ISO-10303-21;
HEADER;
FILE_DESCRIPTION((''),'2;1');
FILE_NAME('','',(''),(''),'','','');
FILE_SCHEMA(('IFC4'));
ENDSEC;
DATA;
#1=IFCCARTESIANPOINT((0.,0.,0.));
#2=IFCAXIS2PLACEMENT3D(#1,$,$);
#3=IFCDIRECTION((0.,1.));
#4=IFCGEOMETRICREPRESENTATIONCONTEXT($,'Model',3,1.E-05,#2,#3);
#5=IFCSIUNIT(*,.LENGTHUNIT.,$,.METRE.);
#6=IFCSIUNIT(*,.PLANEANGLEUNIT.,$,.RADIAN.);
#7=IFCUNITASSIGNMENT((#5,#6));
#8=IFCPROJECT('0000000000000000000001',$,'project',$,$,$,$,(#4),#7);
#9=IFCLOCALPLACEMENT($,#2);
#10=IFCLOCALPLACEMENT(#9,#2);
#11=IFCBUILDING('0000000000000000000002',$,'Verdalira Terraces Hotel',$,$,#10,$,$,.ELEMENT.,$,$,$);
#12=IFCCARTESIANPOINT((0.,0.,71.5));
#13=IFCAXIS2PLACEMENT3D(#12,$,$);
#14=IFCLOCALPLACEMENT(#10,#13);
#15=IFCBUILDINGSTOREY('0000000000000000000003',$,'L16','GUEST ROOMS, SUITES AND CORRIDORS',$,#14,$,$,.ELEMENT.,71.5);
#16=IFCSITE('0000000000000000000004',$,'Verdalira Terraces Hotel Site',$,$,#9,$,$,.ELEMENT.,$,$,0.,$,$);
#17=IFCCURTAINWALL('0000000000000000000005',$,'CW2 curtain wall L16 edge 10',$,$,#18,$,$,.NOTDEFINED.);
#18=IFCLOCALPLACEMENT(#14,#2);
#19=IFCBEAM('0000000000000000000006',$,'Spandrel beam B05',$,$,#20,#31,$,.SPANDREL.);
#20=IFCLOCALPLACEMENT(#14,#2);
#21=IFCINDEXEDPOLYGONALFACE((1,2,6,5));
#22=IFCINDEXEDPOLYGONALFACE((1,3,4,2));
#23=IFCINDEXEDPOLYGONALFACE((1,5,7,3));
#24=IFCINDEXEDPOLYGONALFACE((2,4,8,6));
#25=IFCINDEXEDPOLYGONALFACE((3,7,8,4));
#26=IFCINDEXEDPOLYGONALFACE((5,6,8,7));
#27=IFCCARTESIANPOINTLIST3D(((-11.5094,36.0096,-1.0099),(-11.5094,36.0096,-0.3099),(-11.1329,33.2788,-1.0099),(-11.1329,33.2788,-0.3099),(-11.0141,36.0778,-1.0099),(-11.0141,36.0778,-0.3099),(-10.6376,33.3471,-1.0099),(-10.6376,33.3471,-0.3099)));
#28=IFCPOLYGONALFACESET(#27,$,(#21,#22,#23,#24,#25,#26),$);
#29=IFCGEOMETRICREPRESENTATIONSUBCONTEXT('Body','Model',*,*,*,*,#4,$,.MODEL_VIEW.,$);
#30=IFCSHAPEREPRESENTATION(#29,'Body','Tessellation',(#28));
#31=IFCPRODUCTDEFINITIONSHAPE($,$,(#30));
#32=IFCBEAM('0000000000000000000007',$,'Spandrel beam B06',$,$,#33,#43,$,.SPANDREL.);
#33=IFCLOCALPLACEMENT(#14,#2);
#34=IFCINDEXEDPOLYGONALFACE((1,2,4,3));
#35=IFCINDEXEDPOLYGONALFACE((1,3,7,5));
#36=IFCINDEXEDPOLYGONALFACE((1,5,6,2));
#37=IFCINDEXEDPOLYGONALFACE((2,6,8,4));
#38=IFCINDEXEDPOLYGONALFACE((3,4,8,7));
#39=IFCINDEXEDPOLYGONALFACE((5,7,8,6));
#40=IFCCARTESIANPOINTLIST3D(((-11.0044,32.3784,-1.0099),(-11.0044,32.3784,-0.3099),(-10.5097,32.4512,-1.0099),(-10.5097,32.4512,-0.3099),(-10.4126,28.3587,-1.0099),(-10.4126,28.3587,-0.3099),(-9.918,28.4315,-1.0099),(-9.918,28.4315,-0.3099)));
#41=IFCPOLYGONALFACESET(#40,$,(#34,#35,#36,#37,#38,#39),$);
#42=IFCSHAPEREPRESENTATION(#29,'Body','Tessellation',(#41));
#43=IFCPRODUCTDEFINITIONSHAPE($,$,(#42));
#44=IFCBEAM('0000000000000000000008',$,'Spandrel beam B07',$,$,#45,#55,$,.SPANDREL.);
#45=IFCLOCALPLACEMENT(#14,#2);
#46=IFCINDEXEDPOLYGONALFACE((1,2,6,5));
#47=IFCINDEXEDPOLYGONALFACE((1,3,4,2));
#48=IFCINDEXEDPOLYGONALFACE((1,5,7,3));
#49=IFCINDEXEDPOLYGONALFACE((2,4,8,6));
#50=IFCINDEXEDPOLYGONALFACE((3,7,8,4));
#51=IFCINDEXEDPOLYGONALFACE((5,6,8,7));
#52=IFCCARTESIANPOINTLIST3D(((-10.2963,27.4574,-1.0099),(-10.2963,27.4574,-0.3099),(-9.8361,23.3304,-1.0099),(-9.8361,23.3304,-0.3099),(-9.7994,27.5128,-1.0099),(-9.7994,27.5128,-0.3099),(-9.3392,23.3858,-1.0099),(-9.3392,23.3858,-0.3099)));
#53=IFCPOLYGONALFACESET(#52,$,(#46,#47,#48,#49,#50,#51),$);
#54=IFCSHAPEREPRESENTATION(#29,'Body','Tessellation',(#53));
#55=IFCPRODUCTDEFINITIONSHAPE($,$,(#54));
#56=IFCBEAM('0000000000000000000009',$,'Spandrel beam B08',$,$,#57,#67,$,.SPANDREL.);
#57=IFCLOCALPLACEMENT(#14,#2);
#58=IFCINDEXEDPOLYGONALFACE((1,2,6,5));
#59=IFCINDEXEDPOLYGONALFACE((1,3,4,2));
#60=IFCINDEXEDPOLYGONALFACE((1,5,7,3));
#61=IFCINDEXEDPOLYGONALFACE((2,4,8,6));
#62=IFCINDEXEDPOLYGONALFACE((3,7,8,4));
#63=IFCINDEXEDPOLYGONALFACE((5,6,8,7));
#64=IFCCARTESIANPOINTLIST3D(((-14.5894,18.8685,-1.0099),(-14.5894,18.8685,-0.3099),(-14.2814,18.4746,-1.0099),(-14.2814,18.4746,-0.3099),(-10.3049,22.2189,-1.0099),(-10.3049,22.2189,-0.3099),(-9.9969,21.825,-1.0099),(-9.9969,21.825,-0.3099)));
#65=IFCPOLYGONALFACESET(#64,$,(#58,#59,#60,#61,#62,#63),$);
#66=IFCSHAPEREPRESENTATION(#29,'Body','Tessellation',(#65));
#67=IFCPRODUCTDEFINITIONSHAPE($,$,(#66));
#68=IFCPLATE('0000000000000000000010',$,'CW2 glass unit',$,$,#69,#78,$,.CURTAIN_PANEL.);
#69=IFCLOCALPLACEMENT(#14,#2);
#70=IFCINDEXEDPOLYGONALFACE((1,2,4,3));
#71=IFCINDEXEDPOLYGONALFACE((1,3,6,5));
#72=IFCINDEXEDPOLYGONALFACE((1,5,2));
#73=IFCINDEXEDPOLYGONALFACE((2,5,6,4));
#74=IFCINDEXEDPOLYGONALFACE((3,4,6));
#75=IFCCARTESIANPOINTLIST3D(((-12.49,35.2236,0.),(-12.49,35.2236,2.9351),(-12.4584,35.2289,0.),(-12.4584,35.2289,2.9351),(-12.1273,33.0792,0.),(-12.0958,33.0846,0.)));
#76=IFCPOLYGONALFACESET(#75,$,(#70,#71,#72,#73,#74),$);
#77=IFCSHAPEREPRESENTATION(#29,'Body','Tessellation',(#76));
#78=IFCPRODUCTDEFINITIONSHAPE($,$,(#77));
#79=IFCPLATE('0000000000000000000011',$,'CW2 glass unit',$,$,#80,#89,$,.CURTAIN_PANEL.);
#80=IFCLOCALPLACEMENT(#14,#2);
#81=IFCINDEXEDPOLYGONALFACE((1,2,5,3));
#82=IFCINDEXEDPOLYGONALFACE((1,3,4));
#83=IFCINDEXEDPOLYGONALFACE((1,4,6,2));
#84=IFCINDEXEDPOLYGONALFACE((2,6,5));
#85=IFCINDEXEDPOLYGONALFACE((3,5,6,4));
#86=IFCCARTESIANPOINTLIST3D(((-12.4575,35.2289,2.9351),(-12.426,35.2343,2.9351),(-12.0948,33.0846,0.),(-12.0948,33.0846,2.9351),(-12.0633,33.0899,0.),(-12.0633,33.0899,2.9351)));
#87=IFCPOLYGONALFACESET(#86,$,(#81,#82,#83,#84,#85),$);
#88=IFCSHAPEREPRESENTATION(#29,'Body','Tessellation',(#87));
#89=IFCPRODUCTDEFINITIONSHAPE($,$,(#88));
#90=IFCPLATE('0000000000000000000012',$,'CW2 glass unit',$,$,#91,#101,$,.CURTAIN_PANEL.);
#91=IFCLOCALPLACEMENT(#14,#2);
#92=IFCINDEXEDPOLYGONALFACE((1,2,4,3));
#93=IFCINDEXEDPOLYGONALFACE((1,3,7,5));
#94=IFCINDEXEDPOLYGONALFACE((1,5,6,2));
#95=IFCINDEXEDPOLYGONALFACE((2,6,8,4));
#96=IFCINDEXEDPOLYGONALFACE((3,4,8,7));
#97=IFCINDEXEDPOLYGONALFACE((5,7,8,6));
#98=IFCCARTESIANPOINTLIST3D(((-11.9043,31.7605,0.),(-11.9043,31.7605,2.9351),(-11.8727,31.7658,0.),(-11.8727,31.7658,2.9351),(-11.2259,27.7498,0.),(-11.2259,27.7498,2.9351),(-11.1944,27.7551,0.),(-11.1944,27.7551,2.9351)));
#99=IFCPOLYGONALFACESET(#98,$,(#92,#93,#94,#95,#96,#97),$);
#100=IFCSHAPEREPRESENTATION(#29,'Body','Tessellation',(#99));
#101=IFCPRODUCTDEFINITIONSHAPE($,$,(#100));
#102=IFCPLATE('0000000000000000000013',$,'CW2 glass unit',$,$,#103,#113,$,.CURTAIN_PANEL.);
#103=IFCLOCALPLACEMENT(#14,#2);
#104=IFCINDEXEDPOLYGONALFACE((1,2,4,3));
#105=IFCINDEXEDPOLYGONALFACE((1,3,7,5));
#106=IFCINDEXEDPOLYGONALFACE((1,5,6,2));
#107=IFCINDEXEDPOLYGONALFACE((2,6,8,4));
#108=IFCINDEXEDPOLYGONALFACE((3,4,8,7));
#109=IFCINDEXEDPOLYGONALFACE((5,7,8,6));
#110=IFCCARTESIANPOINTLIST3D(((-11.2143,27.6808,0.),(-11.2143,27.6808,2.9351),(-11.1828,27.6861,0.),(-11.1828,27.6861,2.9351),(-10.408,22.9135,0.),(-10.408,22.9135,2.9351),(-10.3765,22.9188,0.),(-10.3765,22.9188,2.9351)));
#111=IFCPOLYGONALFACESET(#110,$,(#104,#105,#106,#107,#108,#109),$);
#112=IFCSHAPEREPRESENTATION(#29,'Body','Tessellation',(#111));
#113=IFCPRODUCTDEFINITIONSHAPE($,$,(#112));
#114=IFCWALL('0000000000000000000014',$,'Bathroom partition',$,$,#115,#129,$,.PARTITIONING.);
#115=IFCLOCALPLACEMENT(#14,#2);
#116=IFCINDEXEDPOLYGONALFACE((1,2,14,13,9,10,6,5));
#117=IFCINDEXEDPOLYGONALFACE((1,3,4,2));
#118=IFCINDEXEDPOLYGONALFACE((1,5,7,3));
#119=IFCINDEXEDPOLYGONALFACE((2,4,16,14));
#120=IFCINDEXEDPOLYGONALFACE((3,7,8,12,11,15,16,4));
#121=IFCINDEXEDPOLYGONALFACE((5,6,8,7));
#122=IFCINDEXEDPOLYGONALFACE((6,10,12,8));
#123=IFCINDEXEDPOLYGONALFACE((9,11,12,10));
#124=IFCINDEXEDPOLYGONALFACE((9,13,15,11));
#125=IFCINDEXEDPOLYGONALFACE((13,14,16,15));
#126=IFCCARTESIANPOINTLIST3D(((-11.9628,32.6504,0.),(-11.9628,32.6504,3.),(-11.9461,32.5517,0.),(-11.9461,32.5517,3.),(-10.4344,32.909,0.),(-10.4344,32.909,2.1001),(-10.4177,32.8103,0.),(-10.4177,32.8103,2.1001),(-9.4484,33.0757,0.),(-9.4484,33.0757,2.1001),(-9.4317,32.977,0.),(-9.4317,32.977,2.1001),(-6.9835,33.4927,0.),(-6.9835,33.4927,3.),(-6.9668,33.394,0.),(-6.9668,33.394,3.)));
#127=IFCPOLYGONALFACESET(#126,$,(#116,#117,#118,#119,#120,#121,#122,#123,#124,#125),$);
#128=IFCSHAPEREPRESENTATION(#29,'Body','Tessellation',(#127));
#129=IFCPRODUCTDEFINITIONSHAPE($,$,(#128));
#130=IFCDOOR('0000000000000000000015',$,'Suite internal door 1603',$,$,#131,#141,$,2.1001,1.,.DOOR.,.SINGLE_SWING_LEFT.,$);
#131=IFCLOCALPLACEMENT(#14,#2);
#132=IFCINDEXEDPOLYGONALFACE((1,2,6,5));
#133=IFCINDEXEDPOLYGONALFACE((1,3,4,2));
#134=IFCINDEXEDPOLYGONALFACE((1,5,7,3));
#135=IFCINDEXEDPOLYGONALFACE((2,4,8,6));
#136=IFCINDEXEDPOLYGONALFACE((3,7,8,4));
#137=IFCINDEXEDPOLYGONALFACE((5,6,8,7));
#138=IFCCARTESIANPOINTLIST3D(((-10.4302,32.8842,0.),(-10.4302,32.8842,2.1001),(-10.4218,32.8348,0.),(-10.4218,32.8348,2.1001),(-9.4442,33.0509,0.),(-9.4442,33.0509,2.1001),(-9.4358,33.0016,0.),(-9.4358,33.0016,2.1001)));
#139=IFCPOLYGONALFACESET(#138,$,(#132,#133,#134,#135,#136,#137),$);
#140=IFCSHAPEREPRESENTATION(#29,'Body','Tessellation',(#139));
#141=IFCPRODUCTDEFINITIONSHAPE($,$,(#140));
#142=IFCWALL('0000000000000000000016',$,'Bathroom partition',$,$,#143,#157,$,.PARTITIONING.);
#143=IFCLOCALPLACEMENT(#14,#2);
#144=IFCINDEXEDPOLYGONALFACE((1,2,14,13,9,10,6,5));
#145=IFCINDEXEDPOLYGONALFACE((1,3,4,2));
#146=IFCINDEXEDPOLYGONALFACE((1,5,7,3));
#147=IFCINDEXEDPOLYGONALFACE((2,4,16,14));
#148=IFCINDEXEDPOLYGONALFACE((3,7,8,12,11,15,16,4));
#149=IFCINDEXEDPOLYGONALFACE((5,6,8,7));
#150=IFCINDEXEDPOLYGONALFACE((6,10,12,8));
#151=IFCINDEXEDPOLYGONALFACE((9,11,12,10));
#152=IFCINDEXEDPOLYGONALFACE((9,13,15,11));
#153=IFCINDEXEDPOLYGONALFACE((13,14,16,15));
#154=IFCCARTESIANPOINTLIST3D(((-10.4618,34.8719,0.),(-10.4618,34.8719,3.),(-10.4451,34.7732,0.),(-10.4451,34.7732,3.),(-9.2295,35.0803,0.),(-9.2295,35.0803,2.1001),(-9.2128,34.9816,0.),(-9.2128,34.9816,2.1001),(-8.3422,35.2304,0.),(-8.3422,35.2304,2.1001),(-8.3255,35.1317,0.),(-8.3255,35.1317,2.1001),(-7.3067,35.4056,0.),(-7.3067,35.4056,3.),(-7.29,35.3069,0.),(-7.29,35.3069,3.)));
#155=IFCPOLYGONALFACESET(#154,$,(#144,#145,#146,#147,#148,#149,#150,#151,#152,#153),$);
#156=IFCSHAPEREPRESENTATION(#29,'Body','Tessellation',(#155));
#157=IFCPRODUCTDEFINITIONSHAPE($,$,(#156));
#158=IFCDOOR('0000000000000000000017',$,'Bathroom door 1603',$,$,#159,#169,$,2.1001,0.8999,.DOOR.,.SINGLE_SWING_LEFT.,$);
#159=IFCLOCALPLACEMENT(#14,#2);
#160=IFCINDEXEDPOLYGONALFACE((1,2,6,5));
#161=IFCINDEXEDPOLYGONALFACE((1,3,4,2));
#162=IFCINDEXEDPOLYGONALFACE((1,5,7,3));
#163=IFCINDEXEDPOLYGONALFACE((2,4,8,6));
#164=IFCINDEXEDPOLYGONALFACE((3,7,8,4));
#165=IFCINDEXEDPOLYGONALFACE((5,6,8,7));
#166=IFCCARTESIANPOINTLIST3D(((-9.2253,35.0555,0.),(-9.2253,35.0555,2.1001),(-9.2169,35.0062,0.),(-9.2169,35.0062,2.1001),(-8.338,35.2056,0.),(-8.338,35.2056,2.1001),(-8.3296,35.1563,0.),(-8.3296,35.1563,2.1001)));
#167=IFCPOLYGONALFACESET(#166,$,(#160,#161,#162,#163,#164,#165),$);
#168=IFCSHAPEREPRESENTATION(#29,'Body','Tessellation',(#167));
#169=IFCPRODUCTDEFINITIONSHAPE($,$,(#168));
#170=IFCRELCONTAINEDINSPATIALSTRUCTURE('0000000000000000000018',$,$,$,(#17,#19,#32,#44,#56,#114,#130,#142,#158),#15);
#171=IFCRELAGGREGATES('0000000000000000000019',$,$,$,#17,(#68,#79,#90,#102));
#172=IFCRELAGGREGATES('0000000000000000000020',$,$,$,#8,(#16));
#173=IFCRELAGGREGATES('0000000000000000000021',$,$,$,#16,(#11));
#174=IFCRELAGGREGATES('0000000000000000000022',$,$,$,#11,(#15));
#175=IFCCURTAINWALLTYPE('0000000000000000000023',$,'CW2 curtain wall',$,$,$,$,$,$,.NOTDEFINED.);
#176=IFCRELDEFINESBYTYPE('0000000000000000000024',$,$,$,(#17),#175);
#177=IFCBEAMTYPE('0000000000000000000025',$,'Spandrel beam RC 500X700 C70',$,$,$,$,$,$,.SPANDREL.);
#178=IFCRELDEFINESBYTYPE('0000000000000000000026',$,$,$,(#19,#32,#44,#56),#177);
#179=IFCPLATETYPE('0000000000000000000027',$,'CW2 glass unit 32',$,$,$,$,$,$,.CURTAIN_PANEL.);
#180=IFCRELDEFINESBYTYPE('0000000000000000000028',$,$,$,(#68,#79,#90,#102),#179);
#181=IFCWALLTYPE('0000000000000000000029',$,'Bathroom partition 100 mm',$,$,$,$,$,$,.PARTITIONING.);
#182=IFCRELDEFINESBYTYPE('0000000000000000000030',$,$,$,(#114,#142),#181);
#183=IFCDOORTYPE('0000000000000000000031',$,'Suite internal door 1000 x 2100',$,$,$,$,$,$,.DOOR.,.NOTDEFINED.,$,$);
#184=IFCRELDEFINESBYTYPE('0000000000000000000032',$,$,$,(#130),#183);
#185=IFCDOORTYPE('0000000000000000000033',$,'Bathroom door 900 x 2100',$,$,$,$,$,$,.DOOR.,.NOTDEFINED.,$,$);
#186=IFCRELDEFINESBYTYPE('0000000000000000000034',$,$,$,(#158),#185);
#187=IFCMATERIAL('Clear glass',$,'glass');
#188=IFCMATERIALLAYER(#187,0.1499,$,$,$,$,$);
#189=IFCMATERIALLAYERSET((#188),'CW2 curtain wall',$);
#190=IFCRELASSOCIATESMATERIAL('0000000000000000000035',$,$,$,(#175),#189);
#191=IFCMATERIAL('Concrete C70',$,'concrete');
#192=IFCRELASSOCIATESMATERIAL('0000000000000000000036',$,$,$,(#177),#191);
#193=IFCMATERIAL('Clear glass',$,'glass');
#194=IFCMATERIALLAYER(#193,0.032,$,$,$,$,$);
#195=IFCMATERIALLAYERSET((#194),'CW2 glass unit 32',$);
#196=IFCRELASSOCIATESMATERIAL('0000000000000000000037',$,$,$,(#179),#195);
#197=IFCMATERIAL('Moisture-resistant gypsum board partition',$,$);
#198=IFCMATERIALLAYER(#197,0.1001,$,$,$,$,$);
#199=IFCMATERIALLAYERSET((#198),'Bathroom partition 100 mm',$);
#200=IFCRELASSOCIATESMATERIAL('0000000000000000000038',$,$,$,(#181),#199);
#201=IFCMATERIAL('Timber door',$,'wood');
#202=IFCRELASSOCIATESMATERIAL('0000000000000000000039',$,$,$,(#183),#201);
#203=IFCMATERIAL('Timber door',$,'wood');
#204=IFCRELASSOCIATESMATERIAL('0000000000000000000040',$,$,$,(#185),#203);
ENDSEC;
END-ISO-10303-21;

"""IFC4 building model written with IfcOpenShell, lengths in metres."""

from ifc_helpers import new_model, si_unit, direction, frame, frame_2d, origin, origin_2d, place, context, subcontext, project, spatial, polyline, rectangle, outline, extrude, material, layer, layer_set, material_profile, profile_set, type_object, element, fill, aggregate, save


model = new_model("IFC4")

# Units and contexts
model_context = context("Model", 3, precision=1e-05, world=origin(), true_north=direction((0.0, 1.0)))
body_context = subcontext(model_context, "Body", "Model", "MODEL_VIEW")
ifc_project = project(units=[si_unit("LENGTHUNIT", "METRE"), si_unit("PLANEANGLEUNIT", "RADIAN")], contexts=[model_context])

# Site, building, storey
site_placement = place(None, origin())
site = spatial("IfcSite", under=ifc_project, at=site_placement, Name="Verdalira Terraces Hotel Site", CompositionType="ELEMENT", RefElevation=0.0)
building_placement = place(site_placement, origin())
building = spatial("IfcBuilding", under=site, at=building_placement, Name="Verdalira Terraces Hotel", CompositionType="ELEMENT")
storey_placement = place(building_placement, frame((0.0, 0.0, 71.5)))
storey = spatial("IfcBuildingStorey", under=building, at=storey_placement, Name="L16", Description="GUEST ROOMS, SUITES AND CORRIDORS", CompositionType="ELEMENT", Elevation=71.5)

# Curtain wall
ifc_material_1 = material(Name="Clear glass", Category="glass")
ifc_layer_1 = layer(ifc_material_1, 0.1499)
ifc_layer_set_1 = layer_set([ifc_layer_1], Name="CW2 curtain wall")
curtain_wall_type = type_object("IfcCurtainWallType", Name="CW2 curtain wall", PredefinedType="NOTDEFINED", material=ifc_layer_set_1)
curtain_wall_placement = place(storey_placement, origin())
curtain_wall = element("IfcCurtainWall", 1, at=curtain_wall_placement, inside=storey, type_object=curtain_wall_type, Name="CW2 curtain wall L16 edge 10", PredefinedType="NOTDEFINED")

# Beams
ifc_material_2 = material(Name="Concrete C70", Category="concrete")
ifc_material_profile_1 = material_profile(ifc_material_2, rectangle(XDim=0.5, YDim=0.7, at=origin_2d()), Name="RC 500X700")
ifc_profile_set_1 = profile_set([ifc_material_profile_1], Name="Concrete C70")
beam_type = type_object("IfcBeamType", Name="Spandrel beam RC 500X700 C70", PredefinedType="SPANDREL", material=ifc_profile_set_1)
beam_1_placement = place(storey_placement, frame((-11.2617, 36.0437, -0.6599), z_axis=(0.136571, -0.99063, 0.0), x_axis=(0.99063, 0.136571, 0.0)))
element("IfcBeam", 2, at=beam_1_placement, inside=storey, type_object=beam_type, Name="Spandrel beam B05", PredefinedType="SPANDREL", context=body_context, shape_type="SweptSolid", body=[
    extrude(rectangle(XDim=0.5, YDim=0.7, at=origin_2d()), origin(), (0.0, 0.0, 1.0), 2.7566),
])
beam_2_placement = place(storey_placement, frame((-10.7571, 32.4148, -0.6599), z_axis=(0.145651, -0.989336, 0.0), x_axis=(0.989336, 0.145651, 0.0)))
element("IfcBeam", 3, at=beam_2_placement, inside=storey, type_object=beam_type, Name="Spandrel beam B06", PredefinedType="SPANDREL", context=body_context, shape_type="SweptSolid", body=[
    extrude(rectangle(XDim=0.5, YDim=0.7, at=origin_2d()), origin(), (0.0, 0.0, 1.0), 4.063),
])
beam_3_placement = place(storey_placement, frame((-10.0479, 27.4851, -0.6599), z_axis=(0.110825, -0.99384, 0.0), x_axis=(0.99384, 0.110825, 0.0)))
element("IfcBeam", 4, at=beam_3_placement, inside=storey, type_object=beam_type, Name="Spandrel beam B07", PredefinedType="SPANDREL", context=body_context, shape_type="SweptSolid", body=[
    extrude(rectangle(XDim=0.5, YDim=0.7, at=origin_2d()), origin(), (0.0, 0.0, 1.0), 4.1526),
])
beam_4_placement = place(storey_placement, frame((-10.1509, 22.022, -0.6599), z_axis=(-0.787745, -0.616002, 0.0), x_axis=(0.616002, -0.787745, 0.0)))
element("IfcBeam", 5, at=beam_4_placement, inside=storey, type_object=beam_type, Name="Spandrel beam B08", PredefinedType="SPANDREL", context=body_context, shape_type="SweptSolid", body=[
    extrude(rectangle(XDim=0.5, YDim=0.7, at=origin_2d()), origin(), (0.0, 0.0, 1.0), 5.439),
])

# Plates
ifc_material_3 = material(Name="Clear glass", Category="glass")
ifc_layer_2 = layer(ifc_material_3, 0.032)
ifc_layer_set_2 = layer_set([ifc_layer_2], Name="CW2 glass unit 32")
plate_type = type_object("IfcPlateType", Name="CW2 glass unit 32", PredefinedType="CURTAIN_PANEL", material=ifc_layer_set_2)
plate_1_placement = place(storey_placement, frame((-12.2771, 34.1567, 1.4675), z_axis=(-0.985996, -0.166769, 0.0), x_axis=(0.166769, -0.985996, 0.0)))
plate_1 = element("IfcPlate", 6, at=plate_1_placement, type_object=plate_type, Name="CW2 glass unit", PredefinedType="CURTAIN_PANEL", context=body_context, shape_type="SweptSolid", body=[
    extrude(outline(polyline([(-1.0874, -1.4675), (1.0874, -1.4675), (-1.0874, 1.4675), (-1.0874, -1.4675)])), origin(), (0.0, 0.0, 1.0), 0.032),
])
plate_2_placement = place(storey_placement, frame((-12.2446, 34.1621, 1.4675), z_axis=(-0.985996, -0.166769, 0.0), x_axis=(0.166769, -0.985996, 0.0)))
plate_2 = element("IfcPlate", 7, at=plate_2_placement, type_object=plate_type, Name="CW2 glass unit", PredefinedType="CURTAIN_PANEL", context=body_context, shape_type="SweptSolid", body=[
    extrude(outline(polyline([(1.0874, -1.4675), (1.0874, 1.4675), (-1.0874, 1.4675), (1.0874, -1.4675)])), origin(), (0.0, 0.0, 1.0), 0.032),
])
plate_3_placement = place(storey_placement, frame((-11.5493, 29.7578, 0.0), z_axis=(0.0, 0.0, 1.0), x_axis=(0.166769, -0.985996, 0.0)))
plate_3 = element("IfcPlate", 8, at=plate_3_placement, type_object=plate_type, Name="CW2 glass unit", PredefinedType="CURTAIN_PANEL", context=body_context, shape_type="SweptSolid", body=[
    extrude(rectangle(XDim=4.0676, YDim=0.032, at=origin_2d()), origin(), (0.0, 0.0, 1.0), 2.9351),
])
plate_4_placement = place(storey_placement, frame((-10.7954, 25.2998, 0.0), z_axis=(0.0, 0.0, 1.0), x_axis=(0.166769, -0.985996, 0.0)))
plate_4 = element("IfcPlate", 9, at=plate_4_placement, type_object=plate_type, Name="CW2 glass unit", PredefinedType="CURTAIN_PANEL", context=body_context, shape_type="SweptSolid", body=[
    extrude(rectangle(XDim=4.835, YDim=0.032, at=origin_2d()), origin(), (0.0, 0.0, 1.0), 2.9351),
])
aggregate(curtain_wall, [plate_1, plate_2, plate_3, plate_4])

# Walls, openings, doors
ifc_material_4 = material(Name="Moisture-resistant gypsum board partition")
ifc_layer_3 = layer(ifc_material_4, 0.1001)
ifc_layer_set_3 = layer_set([ifc_layer_3], Name="Bathroom partition 100 mm")
wall_type_1 = type_object("IfcWallType", Name="Bathroom partition 100 mm", PredefinedType="PARTITIONING", material=ifc_layer_set_3)
wall_1_placement = place(storey_placement, frame((-11.9543, 32.6011, 0.0), z_axis=(0.0, 0.0, 1.0), x_axis=(0.985993, 0.16679, 0.0)))
wall_1 = element("IfcWall", 10, at=wall_1_placement, inside=storey, type_object=wall_type_1, Name="Bathroom partition", PredefinedType="PARTITIONING", context=body_context, shape_type="SweptSolid", body=[
    extrude(rectangle(XDim=5.05, YDim=0.1001, at=frame_2d((2.5249, 0.0))), origin(), (0.0, 0.0, 1.0), 3.0),
])
opening_1_placement = place(wall_1_placement, frame((1.55, 0.0, 0.0)))
opening_1 = element("IfcOpeningElement", 11, at=opening_1_placement, cuts=wall_1, PredefinedType="OPENING", context=body_context, shape_type="SweptSolid", body=[
    extrude(rectangle(XDim=1.0, YDim=2.1001, at=frame_2d((0.5, 1.05))), frame((0.0, 0.0601, 0.0), z_axis=(0.0, -1.0, 0.0), x_axis=(1.0, 0.0, 0.0)), (0.0, 0.0, 1.0), 0.1201),
])
ifc_material_5 = material(Name="Timber door", Category="wood")
door_type_1 = type_object("IfcDoorType", Name="Suite internal door 1000 x 2100", OperationType="NOTDEFINED", PredefinedType="DOOR", material=ifc_material_5)
door_1_placement = place(opening_1_placement, origin())
door_1 = element("IfcDoor", 12, at=door_1_placement, inside=storey, type_object=door_type_1, Name="Suite internal door 1603", OperationType="SINGLE_SWING_LEFT", OverallHeight=2.1001, OverallWidth=1.0, PredefinedType="DOOR", context=body_context, shape_type="SweptSolid", body=[
    extrude(rectangle(XDim=1.0, YDim=2.1001, at=frame_2d((0.5, 1.05))), frame((0.0, 0.0249, 0.0), z_axis=(0.0, -1.0, 0.0), x_axis=(1.0, 0.0, 0.0)), (0.0, 0.0, 1.0), 0.05),
])
fill(opening_1, door_1)
wall_2_placement = place(storey_placement, frame((-10.4536, 34.8225, 0.0), z_axis=(0.0, 0.0, 1.0), x_axis=(0.985993, 0.166786, 0.0)))
wall_2 = element("IfcWall", 13, at=wall_2_placement, inside=storey, type_object=wall_type_1, Name="Bathroom partition", PredefinedType="PARTITIONING", context=body_context, shape_type="SweptSolid", body=[
    extrude(rectangle(XDim=3.2, YDim=0.1001, at=frame_2d((1.6001, 0.0))), origin(), (0.0, 0.0, 1.0), 3.0),
])
opening_2_placement = place(wall_2_placement, frame((1.25, 0.0, 0.0)))
opening_2 = element("IfcOpeningElement", 14, at=opening_2_placement, cuts=wall_2, PredefinedType="OPENING", context=body_context, shape_type="SweptSolid", body=[
    extrude(rectangle(XDim=0.8999, YDim=2.1001, at=frame_2d((0.45, 1.05))), frame((0.0, 0.0601, 0.0), z_axis=(0.0, -1.0, 0.0), x_axis=(1.0, 0.0, 0.0)), (0.0, 0.0, 1.0), 0.1201),
])
ifc_material_6 = material(Name="Timber door", Category="wood")
door_type_2 = type_object("IfcDoorType", Name="Bathroom door 900 x 2100", OperationType="NOTDEFINED", PredefinedType="DOOR", material=ifc_material_6)
door_2_placement = place(opening_2_placement, origin())
door_2 = element("IfcDoor", 15, at=door_2_placement, inside=storey, type_object=door_type_2, Name="Bathroom door 1603", OperationType="SINGLE_SWING_LEFT", OverallHeight=2.1001, OverallWidth=0.8999, PredefinedType="DOOR", context=body_context, shape_type="SweptSolid", body=[
    extrude(rectangle(XDim=0.8999, YDim=2.1001, at=frame_2d((0.45, 1.05))), frame((0.0, 0.0249, 0.0), z_axis=(0.0, -1.0, 0.0), x_axis=(1.0, 0.0, 0.0)), (0.0, 0.0, 1.0), 0.05),
])
fill(opening_2, door_2)

save(model, "model.ifc")
